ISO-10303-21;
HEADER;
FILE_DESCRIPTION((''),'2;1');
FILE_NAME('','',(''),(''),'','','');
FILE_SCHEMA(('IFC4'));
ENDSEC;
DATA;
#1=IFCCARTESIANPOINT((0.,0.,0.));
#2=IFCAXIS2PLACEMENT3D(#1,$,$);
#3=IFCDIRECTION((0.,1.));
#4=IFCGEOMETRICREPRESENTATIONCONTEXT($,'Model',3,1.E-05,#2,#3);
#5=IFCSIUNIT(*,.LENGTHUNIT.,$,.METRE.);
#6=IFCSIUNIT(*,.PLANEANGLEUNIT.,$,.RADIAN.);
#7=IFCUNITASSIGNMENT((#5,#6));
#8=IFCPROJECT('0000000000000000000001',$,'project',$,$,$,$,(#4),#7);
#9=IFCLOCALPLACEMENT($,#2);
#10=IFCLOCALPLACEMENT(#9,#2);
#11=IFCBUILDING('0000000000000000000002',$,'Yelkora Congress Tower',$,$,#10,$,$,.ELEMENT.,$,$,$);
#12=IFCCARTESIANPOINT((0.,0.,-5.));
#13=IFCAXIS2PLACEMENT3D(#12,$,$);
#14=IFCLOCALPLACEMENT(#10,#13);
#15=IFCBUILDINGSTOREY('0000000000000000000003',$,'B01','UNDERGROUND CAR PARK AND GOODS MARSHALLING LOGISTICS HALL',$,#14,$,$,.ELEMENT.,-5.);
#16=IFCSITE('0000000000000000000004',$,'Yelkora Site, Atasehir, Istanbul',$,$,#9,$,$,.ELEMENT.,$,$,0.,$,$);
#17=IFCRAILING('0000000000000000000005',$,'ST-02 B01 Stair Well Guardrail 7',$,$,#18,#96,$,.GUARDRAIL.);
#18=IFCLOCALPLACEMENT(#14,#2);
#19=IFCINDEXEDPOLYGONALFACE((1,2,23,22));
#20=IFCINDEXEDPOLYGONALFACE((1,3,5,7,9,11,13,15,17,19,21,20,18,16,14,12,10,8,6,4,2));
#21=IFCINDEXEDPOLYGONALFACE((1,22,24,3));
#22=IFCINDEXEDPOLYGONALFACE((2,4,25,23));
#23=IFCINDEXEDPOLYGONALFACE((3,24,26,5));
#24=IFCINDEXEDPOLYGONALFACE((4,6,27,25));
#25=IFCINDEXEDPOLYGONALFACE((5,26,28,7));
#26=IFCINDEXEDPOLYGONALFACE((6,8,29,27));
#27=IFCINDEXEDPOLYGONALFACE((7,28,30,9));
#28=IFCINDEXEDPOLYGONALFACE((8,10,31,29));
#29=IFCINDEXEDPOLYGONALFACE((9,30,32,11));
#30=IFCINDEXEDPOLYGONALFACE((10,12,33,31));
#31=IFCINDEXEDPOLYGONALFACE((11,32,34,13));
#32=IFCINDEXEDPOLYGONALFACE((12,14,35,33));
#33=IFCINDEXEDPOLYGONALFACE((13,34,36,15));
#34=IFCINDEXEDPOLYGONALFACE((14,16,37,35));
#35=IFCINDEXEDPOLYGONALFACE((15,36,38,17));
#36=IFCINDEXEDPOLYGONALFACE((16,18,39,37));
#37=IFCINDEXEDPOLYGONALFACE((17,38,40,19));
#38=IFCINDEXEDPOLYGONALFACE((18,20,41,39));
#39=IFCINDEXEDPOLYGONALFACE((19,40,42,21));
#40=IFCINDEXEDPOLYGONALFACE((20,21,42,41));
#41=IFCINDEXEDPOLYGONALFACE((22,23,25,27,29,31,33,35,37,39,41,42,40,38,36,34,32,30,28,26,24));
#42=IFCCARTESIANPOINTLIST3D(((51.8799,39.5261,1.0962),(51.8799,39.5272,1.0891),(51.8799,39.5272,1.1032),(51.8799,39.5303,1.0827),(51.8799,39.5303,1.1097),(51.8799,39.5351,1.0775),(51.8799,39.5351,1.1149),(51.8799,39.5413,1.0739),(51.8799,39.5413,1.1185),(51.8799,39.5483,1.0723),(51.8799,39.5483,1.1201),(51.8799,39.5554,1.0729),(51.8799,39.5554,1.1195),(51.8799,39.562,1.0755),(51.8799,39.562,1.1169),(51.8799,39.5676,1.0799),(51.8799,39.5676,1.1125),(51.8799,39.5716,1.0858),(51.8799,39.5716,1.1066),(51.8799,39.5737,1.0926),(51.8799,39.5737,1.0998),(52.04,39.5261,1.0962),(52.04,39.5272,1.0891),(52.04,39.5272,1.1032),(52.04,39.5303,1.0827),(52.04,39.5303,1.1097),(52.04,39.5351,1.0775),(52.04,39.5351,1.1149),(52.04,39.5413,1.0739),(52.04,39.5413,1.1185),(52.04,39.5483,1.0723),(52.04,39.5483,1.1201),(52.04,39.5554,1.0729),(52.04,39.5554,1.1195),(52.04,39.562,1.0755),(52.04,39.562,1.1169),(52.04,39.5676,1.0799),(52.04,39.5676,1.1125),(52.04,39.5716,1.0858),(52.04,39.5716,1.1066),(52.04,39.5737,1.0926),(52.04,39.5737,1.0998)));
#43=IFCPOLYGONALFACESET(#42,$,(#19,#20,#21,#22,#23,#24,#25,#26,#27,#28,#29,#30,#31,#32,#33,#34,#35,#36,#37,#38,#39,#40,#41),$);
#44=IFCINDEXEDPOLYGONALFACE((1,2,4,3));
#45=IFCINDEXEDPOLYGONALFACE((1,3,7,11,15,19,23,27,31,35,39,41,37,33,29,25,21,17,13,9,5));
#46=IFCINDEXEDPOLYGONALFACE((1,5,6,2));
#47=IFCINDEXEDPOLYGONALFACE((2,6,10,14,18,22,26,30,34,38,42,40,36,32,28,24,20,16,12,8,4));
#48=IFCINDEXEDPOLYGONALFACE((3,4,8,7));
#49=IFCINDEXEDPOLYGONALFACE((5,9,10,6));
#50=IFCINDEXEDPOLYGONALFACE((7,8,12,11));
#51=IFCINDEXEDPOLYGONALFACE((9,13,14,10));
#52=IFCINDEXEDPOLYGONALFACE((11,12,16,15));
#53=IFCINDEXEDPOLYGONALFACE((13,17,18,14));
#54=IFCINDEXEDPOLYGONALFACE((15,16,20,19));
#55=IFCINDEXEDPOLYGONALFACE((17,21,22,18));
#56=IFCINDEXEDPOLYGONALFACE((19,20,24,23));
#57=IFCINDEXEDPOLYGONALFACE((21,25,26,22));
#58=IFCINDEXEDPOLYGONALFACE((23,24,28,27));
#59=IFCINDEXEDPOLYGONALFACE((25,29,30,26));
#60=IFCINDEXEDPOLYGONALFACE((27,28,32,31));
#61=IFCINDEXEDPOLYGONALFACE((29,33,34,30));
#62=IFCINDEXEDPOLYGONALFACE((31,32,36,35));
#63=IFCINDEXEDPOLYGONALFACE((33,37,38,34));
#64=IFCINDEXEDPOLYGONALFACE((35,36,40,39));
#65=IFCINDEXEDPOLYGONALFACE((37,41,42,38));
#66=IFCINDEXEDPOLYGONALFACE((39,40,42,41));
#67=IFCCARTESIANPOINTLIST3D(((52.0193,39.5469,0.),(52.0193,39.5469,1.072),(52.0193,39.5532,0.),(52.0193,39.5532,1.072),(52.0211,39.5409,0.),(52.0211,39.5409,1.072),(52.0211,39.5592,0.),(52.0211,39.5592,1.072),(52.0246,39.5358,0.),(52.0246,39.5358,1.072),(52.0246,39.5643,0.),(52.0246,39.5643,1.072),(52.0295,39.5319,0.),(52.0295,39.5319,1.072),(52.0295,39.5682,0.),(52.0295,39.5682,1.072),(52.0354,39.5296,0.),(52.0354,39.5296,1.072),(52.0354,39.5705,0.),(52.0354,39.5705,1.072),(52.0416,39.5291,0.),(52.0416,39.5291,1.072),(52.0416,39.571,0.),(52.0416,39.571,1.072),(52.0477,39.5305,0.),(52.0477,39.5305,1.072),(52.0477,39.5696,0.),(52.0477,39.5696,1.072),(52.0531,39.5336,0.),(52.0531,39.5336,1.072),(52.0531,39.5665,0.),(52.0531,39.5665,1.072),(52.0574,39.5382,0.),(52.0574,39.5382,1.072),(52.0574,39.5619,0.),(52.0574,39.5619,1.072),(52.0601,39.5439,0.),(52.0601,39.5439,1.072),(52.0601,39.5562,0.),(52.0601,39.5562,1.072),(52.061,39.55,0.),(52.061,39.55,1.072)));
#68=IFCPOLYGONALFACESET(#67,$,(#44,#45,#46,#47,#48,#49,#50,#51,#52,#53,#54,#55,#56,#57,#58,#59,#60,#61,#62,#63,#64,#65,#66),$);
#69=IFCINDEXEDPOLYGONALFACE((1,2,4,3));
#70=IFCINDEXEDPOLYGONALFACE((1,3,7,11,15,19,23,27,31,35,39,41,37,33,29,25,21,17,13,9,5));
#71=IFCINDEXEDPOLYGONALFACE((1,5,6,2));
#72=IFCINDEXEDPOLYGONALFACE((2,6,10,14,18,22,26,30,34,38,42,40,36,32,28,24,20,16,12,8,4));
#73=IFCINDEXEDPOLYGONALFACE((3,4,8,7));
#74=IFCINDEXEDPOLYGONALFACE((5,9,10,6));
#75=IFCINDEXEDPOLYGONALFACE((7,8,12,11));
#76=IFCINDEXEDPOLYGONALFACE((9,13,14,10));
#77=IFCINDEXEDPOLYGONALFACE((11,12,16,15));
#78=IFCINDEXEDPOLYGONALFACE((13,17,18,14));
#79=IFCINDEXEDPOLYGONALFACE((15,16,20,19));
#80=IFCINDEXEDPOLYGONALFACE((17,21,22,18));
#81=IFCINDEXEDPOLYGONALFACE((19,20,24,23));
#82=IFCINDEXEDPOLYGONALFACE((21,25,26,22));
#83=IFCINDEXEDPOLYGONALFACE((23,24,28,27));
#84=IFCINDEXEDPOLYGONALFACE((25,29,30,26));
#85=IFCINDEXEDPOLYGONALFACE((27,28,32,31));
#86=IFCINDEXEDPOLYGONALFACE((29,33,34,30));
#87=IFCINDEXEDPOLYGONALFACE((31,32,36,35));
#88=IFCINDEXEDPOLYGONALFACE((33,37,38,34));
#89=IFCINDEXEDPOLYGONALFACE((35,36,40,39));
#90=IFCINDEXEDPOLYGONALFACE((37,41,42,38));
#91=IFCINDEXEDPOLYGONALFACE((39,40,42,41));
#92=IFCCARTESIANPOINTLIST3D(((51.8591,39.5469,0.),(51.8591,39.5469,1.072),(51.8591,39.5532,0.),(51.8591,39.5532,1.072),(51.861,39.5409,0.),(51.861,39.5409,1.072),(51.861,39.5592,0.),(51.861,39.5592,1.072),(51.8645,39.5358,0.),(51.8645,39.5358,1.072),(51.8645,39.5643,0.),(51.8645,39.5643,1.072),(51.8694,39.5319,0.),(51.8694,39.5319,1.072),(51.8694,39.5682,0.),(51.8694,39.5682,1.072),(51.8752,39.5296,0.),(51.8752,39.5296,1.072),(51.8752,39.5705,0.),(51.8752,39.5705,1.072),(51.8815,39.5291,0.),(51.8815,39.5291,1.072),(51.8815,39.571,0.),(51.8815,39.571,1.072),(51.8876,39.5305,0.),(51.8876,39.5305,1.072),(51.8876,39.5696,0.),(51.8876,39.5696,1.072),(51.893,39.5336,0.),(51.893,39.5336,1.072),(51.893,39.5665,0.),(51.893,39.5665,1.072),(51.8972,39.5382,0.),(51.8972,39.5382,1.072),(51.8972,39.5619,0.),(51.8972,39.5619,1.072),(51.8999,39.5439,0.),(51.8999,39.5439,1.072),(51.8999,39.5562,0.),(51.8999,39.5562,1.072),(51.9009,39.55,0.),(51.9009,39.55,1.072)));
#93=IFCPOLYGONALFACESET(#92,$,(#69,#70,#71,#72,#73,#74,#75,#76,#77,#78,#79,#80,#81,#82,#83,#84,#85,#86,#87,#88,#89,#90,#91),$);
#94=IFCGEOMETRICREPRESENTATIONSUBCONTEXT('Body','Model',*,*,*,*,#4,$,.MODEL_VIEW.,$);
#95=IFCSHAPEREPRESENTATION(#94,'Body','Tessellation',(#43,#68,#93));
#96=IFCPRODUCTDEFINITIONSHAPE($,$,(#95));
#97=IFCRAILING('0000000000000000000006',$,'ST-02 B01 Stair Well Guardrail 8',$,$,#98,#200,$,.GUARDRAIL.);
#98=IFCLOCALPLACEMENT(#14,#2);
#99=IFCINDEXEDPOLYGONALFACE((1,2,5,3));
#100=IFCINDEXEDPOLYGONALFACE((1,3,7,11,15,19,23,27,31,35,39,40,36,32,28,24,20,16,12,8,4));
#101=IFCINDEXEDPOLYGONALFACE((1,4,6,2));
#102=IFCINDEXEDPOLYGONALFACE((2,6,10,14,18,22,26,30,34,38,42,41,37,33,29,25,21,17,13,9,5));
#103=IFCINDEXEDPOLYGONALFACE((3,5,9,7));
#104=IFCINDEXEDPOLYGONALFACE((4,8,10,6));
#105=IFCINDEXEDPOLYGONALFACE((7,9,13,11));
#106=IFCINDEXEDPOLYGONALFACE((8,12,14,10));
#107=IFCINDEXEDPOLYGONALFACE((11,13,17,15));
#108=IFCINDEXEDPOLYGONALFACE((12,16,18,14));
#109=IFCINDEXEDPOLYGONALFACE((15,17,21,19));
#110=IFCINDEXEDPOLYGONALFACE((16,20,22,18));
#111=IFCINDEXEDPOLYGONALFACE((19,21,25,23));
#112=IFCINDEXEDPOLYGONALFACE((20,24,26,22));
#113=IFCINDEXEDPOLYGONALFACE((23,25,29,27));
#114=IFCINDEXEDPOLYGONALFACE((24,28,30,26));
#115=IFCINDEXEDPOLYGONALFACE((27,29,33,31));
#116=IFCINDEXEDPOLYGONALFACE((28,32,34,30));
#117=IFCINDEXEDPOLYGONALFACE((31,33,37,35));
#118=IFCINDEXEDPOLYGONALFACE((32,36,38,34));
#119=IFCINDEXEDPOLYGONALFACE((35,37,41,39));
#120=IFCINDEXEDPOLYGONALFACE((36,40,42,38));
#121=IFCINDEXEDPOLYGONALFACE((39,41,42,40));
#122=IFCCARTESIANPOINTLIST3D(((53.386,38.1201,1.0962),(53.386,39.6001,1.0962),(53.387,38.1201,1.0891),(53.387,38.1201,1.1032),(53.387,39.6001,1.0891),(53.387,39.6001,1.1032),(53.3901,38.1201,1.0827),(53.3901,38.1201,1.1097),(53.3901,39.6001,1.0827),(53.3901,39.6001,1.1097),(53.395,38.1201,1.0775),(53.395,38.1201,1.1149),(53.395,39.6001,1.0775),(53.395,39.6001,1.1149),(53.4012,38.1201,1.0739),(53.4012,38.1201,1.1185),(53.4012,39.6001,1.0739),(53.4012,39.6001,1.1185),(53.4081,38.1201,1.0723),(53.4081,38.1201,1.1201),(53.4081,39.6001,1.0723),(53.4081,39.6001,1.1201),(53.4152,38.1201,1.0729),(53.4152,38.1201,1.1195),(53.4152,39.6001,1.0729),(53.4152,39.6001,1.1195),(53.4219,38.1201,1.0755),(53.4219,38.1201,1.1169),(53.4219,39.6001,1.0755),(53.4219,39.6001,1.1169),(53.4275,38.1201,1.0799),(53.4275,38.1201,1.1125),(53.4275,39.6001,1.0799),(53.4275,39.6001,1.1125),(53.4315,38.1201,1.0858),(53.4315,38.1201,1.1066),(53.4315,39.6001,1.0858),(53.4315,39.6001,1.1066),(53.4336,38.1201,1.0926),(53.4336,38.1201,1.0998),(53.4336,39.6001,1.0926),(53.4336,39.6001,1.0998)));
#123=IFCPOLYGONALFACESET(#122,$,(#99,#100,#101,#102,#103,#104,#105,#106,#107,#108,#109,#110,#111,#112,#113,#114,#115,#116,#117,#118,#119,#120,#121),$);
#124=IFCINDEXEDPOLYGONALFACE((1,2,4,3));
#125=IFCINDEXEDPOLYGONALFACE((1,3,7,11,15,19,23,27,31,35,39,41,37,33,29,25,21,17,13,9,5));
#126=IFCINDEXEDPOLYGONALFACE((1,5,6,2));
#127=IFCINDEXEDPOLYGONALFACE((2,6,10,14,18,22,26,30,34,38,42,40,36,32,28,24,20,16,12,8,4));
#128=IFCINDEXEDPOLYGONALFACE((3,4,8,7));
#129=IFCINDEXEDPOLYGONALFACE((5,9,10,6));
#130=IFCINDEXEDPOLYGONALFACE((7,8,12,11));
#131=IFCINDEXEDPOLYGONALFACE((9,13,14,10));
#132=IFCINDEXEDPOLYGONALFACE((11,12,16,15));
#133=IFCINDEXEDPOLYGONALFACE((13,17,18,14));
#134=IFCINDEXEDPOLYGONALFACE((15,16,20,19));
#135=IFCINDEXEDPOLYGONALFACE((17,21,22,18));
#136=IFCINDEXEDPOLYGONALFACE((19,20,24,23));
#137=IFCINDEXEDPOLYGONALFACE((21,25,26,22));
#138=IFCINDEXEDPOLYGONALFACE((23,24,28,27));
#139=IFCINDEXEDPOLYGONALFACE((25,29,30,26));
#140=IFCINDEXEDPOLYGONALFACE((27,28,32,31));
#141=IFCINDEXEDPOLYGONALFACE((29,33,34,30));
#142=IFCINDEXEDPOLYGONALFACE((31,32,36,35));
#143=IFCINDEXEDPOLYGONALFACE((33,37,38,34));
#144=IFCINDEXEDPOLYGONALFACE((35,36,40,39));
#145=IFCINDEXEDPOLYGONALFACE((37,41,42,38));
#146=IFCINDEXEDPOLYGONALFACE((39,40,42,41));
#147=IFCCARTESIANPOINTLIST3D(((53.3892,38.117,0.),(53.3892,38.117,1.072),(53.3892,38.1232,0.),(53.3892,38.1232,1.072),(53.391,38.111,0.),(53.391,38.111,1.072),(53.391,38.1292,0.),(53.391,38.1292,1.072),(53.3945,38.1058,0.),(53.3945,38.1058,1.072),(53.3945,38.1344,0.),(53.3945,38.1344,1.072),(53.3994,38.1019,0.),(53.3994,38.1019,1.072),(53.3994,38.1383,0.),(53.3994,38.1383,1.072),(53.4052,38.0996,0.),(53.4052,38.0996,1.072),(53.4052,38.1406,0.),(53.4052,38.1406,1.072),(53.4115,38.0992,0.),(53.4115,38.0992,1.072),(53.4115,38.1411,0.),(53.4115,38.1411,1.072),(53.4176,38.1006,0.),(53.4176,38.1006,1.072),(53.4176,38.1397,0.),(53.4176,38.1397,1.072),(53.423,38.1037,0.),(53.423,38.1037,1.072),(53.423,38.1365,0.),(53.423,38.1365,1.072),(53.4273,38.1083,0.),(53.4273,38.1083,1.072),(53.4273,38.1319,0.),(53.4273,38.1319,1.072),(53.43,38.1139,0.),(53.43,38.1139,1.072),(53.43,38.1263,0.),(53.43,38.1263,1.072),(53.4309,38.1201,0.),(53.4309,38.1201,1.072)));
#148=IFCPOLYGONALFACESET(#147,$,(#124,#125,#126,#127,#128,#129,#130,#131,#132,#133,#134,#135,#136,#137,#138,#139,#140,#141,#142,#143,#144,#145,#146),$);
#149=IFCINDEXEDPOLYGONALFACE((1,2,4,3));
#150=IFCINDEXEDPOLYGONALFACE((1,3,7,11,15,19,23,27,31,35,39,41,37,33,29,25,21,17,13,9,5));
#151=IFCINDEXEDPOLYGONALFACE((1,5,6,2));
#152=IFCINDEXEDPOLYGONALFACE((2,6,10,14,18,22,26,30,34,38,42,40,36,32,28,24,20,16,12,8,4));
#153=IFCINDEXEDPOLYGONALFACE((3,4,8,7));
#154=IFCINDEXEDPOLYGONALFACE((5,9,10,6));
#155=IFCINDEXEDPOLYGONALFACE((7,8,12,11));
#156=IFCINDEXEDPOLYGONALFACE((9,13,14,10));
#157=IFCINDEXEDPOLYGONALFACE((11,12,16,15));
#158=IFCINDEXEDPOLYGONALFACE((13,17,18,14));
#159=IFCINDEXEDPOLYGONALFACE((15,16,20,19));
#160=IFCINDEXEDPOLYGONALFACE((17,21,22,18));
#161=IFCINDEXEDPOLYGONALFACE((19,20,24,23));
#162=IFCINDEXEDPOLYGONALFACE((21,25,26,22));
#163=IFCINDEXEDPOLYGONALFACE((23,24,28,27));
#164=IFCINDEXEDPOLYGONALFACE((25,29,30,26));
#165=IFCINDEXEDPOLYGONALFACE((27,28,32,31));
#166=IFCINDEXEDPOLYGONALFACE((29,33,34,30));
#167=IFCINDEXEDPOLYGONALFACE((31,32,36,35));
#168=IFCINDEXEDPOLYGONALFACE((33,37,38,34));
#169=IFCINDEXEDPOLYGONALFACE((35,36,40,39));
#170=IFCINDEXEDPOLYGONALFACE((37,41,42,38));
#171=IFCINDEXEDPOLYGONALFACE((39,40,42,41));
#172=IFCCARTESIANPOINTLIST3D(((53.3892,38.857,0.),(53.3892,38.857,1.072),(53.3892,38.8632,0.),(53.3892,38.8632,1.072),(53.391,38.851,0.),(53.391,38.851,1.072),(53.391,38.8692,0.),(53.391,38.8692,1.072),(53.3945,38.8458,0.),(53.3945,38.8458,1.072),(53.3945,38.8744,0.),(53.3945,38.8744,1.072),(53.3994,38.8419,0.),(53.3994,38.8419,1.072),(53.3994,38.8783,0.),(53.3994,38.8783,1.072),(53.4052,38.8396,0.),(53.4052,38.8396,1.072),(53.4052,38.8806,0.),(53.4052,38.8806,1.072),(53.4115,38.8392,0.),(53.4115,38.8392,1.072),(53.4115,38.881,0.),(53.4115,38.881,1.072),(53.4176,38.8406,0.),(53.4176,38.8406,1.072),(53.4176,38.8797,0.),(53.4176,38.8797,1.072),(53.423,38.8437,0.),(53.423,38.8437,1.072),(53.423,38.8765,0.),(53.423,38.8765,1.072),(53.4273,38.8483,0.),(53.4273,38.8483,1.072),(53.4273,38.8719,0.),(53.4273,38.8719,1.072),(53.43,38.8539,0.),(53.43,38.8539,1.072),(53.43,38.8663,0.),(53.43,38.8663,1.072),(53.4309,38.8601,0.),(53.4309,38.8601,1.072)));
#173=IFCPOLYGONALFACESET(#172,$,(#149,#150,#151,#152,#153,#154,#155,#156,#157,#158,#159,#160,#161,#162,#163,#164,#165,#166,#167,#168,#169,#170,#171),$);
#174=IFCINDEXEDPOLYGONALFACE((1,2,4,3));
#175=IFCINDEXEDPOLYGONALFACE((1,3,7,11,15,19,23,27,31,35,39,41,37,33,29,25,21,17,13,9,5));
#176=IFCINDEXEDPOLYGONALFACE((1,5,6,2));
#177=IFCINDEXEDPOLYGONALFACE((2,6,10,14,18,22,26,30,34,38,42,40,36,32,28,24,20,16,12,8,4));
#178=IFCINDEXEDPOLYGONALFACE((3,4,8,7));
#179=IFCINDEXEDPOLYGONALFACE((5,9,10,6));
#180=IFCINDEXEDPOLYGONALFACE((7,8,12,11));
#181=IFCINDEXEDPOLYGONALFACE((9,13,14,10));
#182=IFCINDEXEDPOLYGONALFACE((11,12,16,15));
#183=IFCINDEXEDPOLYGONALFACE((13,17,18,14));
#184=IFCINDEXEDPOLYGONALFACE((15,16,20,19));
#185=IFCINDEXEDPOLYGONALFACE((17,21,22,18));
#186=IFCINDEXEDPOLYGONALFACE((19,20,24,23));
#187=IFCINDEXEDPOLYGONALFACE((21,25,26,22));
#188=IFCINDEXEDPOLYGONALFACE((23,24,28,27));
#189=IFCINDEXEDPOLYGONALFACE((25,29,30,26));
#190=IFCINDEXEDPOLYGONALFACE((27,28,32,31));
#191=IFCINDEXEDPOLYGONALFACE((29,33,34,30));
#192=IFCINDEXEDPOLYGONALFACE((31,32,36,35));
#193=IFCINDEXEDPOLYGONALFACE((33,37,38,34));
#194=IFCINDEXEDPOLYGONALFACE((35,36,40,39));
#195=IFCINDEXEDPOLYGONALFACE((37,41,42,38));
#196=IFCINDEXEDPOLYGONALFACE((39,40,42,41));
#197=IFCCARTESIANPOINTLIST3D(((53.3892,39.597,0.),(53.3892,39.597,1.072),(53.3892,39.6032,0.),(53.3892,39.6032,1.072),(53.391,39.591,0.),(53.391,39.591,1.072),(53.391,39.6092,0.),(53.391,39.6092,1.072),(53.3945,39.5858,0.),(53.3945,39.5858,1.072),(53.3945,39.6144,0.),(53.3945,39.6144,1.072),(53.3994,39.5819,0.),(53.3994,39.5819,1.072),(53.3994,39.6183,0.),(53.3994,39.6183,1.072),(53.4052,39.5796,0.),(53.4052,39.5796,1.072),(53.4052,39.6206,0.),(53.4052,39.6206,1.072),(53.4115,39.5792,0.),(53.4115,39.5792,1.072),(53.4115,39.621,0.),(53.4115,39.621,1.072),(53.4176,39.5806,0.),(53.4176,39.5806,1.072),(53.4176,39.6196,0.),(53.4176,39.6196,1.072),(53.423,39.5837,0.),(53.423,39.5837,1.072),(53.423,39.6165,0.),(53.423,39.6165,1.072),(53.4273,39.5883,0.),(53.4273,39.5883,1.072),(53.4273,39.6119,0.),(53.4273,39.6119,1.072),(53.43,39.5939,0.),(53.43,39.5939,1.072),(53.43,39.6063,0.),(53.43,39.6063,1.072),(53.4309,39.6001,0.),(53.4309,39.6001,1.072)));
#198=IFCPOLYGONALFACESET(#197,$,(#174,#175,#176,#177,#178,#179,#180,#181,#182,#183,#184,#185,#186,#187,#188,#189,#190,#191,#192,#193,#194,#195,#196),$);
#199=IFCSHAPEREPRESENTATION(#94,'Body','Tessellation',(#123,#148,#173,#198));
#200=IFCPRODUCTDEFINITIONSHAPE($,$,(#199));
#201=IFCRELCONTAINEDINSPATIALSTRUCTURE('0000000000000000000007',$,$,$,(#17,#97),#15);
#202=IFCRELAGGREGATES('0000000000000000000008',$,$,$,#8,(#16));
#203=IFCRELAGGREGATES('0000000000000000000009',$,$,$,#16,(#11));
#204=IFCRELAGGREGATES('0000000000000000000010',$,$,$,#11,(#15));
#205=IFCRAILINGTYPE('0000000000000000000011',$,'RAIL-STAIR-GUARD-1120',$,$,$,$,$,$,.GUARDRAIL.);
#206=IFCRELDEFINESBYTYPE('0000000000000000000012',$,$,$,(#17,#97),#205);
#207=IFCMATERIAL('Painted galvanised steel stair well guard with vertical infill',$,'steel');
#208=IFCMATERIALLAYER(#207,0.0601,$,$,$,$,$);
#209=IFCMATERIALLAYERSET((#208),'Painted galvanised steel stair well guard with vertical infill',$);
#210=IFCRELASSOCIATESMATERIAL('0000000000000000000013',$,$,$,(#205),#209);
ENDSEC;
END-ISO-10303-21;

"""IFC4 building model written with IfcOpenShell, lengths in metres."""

from ifc_helpers import new_model, si_unit, direction, frame, origin, origin_2d, place, context, subcontext, project, spatial, circle, extrude, material, layer, layer_set, type_object, element, save


model = new_model("IFC4")

# Units and contexts
model_context = context("Model", 3, precision=1e-05, world=origin(), true_north=direction((0.0, 1.0)))
body_context = subcontext(model_context, "Body", "Model", "MODEL_VIEW")
ifc_project = project(units=[si_unit("LENGTHUNIT", "METRE"), si_unit("PLANEANGLEUNIT", "RADIAN")], contexts=[model_context])

# Site, building, storey
site_placement = place(None, origin())
site = spatial("IfcSite", under=ifc_project, at=site_placement, Name="Yelkora Site, Atasehir, Istanbul", CompositionType="ELEMENT", RefElevation=0.0)
building_placement = place(site_placement, origin())
building = spatial("IfcBuilding", under=site, at=building_placement, Name="Yelkora Congress Tower", CompositionType="ELEMENT")
storey_placement = place(building_placement, frame((0.0, 0.0, -5.0)))
storey = spatial("IfcBuildingStorey", under=building, at=storey_placement, Name="B01", Description="UNDERGROUND CAR PARK AND GOODS MARSHALLING LOGISTICS HALL", CompositionType="ELEMENT", Elevation=-5.0)

# Railings
ifc_material_1 = material(Name="Painted galvanised steel stair well guard with vertical infill", Category="steel")
ifc_layer_1 = layer(ifc_material_1, 0.0601)
ifc_layer_set_1 = layer_set([ifc_layer_1], Name="Painted galvanised steel stair well guard with vertical infill")
railing_type_1 = type_object("IfcRailingType", Name="RAIL-STAIR-GUARD-1120", PredefinedType="GUARDRAIL", material=ifc_layer_set_1)
railing_1_placement = place(storey_placement, frame((52.04, 39.55, 0.0)))
element("IfcRailing", 1, at=railing_1_placement, inside=storey, type_object=railing_type_1, Name="ST-02 B01 Stair Well Guardrail 7", PredefinedType="GUARDRAIL", context=body_context, shape_type="SweptSolid", body=[
    extrude(circle(Radius=0.0239, at=origin_2d()), frame((0.0, 0.0, 1.0962), z_axis=(-1.0, 0.0, 0.0), x_axis=(0.0, -1.0, 0.0)), (0.0, 0.0, 1.0), 0.1602),
    extrude(circle(Radius=0.021, at=origin_2d()), origin(), (0.0, 0.0, 1.0), 1.072),
    extrude(circle(Radius=0.021, at=origin_2d()), frame((-0.1602, 0.0, 0.0)), (0.0, 0.0, 1.0), 1.072),
])
for number, where, name in (
    (2, (53.4099, 38.1201, 0.0), "ST-02 B01 Stair Well Guardrail 8"),
):
    element("IfcRailing", number, at=place(storey_placement, frame(where)), inside=storey, type_object=railing_type_1, Name=name, PredefinedType="GUARDRAIL", context=body_context, shape_type="SweptSolid", body=[
        extrude(circle(Radius=0.0239, at=origin_2d()), frame((0.0, 0.0, 1.0962), z_axis=(0.0, 1.0, 0.0), x_axis=(-1.0, 0.0, 0.0)), (0.0, 0.0, 1.0), 1.48),
        extrude(circle(Radius=0.021, at=origin_2d()), origin(), (0.0, 0.0, 1.0), 1.072),
        extrude(circle(Radius=0.021, at=origin_2d()), frame((0.0, 0.74, 0.0)), (0.0, 0.0, 1.0), 1.072),
        extrude(circle(Radius=0.021, at=origin_2d()), frame((0.0, 1.48, 0.0)), (0.0, 0.0, 1.0), 1.072),
    ])

save(model, "model.ifc")
